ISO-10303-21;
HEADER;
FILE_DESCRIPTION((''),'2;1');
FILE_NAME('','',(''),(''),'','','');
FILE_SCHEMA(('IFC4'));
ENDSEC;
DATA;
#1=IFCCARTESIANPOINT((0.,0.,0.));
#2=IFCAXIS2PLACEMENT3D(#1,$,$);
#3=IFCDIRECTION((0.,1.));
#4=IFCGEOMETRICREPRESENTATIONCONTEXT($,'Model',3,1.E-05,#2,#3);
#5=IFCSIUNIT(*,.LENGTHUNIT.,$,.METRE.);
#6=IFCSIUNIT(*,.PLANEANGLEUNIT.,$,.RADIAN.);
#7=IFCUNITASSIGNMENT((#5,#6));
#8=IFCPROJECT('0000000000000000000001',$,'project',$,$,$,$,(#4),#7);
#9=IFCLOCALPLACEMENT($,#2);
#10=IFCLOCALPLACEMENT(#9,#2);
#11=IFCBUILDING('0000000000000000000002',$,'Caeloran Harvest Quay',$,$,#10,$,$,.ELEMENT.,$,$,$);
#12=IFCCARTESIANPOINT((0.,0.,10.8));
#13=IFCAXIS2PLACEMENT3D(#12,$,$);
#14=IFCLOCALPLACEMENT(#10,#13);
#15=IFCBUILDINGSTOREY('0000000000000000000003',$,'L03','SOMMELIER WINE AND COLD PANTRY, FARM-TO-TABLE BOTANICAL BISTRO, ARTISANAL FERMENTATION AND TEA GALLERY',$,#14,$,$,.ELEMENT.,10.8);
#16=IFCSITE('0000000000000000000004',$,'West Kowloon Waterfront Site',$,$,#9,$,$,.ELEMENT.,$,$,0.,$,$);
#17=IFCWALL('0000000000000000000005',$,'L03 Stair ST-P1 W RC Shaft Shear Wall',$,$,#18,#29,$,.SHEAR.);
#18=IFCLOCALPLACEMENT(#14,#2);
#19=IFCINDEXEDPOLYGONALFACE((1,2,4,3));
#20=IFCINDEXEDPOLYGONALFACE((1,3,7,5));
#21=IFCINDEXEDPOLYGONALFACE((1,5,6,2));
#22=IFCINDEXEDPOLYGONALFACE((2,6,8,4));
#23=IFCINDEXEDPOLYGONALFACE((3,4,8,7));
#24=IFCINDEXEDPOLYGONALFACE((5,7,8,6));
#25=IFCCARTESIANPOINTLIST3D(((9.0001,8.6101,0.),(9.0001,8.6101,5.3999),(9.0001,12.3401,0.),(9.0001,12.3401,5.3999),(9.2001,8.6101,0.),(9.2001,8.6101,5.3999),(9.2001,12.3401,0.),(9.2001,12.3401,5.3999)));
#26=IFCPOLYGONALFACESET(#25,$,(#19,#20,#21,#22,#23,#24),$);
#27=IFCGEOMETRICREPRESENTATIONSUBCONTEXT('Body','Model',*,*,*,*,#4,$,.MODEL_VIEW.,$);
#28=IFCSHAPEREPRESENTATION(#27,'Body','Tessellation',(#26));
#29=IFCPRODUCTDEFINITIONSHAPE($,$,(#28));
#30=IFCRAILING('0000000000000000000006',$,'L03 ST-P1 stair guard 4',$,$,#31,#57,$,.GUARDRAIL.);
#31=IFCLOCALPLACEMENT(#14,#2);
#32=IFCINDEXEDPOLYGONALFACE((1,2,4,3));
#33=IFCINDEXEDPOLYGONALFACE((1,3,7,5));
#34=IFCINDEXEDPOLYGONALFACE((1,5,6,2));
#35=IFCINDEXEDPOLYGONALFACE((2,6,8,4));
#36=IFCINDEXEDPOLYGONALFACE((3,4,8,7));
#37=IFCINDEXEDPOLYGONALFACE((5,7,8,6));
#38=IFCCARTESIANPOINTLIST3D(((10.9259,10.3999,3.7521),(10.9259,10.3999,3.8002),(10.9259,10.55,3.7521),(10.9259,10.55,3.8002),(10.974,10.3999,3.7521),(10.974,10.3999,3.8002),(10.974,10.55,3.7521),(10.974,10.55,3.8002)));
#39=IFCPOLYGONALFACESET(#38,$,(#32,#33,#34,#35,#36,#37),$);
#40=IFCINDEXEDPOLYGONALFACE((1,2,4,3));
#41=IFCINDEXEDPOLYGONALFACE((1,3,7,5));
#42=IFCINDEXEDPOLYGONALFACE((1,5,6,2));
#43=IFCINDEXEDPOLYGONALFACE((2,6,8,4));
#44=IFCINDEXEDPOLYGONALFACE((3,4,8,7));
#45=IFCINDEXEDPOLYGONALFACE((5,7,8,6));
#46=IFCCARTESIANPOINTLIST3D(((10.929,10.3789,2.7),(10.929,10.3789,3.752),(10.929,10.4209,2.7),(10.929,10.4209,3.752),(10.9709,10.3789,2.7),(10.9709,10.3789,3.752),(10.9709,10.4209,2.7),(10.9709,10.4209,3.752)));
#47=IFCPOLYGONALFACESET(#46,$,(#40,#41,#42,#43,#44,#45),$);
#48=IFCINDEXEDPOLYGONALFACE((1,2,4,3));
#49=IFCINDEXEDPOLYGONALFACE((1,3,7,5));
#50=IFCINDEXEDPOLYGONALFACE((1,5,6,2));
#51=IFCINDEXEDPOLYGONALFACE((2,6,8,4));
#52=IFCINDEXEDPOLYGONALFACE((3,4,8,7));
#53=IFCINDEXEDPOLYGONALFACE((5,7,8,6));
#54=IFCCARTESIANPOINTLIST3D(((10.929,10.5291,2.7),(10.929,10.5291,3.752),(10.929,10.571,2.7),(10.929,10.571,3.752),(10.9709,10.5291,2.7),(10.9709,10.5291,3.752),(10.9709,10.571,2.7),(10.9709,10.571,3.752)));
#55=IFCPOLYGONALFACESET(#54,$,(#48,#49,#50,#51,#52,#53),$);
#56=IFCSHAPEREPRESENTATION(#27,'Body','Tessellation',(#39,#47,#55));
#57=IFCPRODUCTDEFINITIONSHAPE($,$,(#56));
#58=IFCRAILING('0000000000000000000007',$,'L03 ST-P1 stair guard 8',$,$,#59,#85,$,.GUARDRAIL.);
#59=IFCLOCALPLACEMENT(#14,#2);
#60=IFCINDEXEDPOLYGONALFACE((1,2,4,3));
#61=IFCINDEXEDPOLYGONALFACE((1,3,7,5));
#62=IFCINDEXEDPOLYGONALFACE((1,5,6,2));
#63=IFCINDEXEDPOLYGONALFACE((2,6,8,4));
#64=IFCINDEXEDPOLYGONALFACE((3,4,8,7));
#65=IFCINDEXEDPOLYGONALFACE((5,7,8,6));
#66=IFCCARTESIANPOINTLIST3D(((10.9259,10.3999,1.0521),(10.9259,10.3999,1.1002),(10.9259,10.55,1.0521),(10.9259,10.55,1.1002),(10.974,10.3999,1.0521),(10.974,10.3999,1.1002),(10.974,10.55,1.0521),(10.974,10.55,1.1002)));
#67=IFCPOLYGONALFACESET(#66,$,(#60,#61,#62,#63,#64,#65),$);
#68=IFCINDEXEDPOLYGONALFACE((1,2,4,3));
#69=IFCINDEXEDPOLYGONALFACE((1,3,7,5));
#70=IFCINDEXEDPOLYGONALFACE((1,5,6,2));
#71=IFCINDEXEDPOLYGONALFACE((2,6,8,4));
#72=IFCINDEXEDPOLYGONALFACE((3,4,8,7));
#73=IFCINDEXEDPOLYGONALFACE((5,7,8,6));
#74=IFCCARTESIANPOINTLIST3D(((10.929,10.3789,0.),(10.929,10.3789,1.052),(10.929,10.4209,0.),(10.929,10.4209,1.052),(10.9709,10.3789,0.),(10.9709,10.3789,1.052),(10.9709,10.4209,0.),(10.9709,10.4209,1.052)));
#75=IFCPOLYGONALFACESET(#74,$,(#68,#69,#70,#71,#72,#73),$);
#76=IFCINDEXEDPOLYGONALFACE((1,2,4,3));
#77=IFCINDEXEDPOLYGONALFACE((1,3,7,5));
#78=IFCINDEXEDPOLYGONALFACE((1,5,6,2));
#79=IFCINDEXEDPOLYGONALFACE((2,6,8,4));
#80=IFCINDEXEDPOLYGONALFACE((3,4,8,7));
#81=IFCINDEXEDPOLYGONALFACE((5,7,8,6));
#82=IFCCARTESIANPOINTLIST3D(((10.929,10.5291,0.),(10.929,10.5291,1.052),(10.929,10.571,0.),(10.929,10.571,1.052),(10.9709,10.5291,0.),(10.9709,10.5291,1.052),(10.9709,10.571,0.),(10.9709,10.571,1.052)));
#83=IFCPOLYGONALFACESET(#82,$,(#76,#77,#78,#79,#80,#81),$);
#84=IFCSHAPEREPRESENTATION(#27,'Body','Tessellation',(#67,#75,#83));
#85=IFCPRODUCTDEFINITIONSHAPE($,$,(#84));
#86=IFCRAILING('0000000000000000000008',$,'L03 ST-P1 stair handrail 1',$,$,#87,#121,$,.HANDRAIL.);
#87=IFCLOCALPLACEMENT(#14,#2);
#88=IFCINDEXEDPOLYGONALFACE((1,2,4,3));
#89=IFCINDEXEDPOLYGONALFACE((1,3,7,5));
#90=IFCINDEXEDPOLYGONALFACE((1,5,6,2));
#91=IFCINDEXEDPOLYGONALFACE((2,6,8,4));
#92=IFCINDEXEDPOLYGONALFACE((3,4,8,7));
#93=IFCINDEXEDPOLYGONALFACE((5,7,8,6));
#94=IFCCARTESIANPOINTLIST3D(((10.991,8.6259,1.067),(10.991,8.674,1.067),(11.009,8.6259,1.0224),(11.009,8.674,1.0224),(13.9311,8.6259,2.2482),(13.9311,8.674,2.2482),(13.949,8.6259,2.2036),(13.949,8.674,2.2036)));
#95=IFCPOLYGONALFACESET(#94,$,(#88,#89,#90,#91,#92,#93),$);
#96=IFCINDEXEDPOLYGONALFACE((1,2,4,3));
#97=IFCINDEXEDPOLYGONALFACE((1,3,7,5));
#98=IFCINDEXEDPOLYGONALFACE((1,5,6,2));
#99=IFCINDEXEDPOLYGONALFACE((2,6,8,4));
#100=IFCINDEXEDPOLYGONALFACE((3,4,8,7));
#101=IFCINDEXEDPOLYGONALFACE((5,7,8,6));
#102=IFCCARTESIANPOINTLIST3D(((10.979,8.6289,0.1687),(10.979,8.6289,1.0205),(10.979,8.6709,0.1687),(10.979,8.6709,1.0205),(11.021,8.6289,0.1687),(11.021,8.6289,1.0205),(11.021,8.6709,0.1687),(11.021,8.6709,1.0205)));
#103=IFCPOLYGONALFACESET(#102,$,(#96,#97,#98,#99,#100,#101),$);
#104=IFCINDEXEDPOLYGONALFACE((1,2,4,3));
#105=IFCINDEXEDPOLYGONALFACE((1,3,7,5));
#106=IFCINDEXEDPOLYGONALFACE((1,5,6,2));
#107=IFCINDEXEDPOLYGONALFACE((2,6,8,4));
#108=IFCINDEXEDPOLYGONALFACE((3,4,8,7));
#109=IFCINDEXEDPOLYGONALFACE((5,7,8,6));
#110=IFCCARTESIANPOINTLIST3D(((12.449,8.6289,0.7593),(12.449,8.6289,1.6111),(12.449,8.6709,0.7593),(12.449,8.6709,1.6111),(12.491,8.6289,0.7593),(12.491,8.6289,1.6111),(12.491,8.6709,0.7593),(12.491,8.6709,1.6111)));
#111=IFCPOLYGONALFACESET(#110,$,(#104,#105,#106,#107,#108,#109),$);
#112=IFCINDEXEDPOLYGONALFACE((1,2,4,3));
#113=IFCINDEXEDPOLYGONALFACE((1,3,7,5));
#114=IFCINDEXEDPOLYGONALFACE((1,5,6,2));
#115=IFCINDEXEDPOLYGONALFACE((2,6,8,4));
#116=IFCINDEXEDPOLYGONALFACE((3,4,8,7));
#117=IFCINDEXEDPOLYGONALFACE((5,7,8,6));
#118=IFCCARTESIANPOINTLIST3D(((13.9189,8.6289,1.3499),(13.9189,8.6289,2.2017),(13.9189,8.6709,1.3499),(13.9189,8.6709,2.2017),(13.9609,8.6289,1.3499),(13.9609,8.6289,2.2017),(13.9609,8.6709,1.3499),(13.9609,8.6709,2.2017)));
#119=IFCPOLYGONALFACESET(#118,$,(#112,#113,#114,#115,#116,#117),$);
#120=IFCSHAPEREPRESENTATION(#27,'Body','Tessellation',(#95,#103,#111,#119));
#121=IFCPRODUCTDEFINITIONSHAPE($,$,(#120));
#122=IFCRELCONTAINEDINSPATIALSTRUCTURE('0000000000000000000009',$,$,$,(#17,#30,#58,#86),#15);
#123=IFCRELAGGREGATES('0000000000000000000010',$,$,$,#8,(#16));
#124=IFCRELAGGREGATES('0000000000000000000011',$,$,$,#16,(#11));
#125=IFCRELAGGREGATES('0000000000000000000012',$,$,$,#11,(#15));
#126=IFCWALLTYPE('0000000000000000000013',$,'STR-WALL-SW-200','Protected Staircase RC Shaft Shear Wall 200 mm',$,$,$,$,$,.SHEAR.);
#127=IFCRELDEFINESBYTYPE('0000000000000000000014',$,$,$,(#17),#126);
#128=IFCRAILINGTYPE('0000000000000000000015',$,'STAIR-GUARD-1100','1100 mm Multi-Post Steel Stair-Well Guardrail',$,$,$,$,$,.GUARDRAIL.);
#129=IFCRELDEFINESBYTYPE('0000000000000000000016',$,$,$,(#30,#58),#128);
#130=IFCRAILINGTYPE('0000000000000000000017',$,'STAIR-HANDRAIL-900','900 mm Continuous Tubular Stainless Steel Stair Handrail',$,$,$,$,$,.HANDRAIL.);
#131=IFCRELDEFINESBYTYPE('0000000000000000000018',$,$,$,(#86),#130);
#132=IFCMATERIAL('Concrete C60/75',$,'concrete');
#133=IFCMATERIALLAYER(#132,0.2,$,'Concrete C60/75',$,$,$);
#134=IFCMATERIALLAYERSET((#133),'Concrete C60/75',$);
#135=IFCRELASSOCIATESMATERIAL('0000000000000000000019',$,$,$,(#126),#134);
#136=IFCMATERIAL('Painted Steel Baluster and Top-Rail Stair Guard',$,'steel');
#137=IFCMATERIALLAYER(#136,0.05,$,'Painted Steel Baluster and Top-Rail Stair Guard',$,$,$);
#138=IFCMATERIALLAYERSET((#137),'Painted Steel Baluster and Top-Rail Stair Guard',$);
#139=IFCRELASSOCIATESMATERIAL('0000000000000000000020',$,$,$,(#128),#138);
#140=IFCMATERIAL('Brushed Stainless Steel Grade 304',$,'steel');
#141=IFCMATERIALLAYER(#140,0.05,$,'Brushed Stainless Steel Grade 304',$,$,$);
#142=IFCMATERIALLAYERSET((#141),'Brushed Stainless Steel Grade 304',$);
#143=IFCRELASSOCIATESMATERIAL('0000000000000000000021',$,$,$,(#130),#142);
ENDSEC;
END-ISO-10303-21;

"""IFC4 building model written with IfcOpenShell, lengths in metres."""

from ifc_helpers import new_model, si_unit, direction, frame, frame_2d, origin, origin_2d, place, context, subcontext, project, spatial, rectangle, extrude, material, layer, layer_set, type_object, element, save


model = new_model("IFC4")

# Units and contexts
model_context = context("Model", 3, precision=1e-05, world=origin(), true_north=direction((0.0, 1.0)))
body_context = subcontext(model_context, "Body", "Model", "MODEL_VIEW")
ifc_project = project(units=[si_unit("LENGTHUNIT", "METRE"), si_unit("PLANEANGLEUNIT", "RADIAN")], contexts=[model_context])

# Site, building, storey
site_placement = place(None, origin())
site = spatial("IfcSite", under=ifc_project, at=site_placement, Name="West Kowloon Waterfront Site", CompositionType="ELEMENT", RefElevation=0.0)
building_placement = place(site_placement, origin())
building = spatial("IfcBuilding", under=site, at=building_placement, Name="Caeloran Harvest Quay", CompositionType="ELEMENT")
storey_placement = place(building_placement, frame((0.0, 0.0, 10.8)))
storey = spatial("IfcBuildingStorey", under=building, at=storey_placement, Name="L03", Description="SOMMELIER WINE AND COLD PANTRY, FARM-TO-TABLE BOTANICAL BISTRO, ARTISANAL FERMENTATION AND TEA GALLERY", CompositionType="ELEMENT", Elevation=10.8)

# Shared definitions
ifc_material_1 = material(Name="Concrete C60/75", Category="concrete")
ifc_layer_1 = layer(ifc_material_1, 0.2, Name="Concrete C60/75")
ifc_layer_set_1 = layer_set([ifc_layer_1], Name="Concrete C60/75")
wall_type_1 = type_object("IfcWallType", Name="STR-WALL-SW-200", Description="Protected Staircase RC Shaft Shear Wall 200 mm", PredefinedType="SHEAR", material=ifc_layer_set_1)

# Wall
wall_1_placement = place(storey_placement, frame((9.1001, 8.6101, 0.0), z_axis=(0.0, 0.0, 1.0), x_axis=(0.0, 1.0, 0.0)))
element("IfcWall", 1, at=wall_1_placement, inside=storey, type_object=wall_type_1, Name="L03 Stair ST-P1 W RC Shaft Shear Wall", PredefinedType="SHEAR", context=body_context, shape_type="SweptSolid", body=[
    extrude(rectangle(XDim=3.73, YDim=0.2, at=frame_2d((1.865, 0.0))), origin(), (0.0, 0.0, 1.0), 5.3999),
])

# Railings
ifc_material_2 = material(Name="Painted Steel Baluster and Top-Rail Stair Guard", Category="steel")
ifc_layer_2 = layer(ifc_material_2, 0.05, Name="Painted Steel Baluster and Top-Rail Stair Guard")
ifc_layer_set_2 = layer_set([ifc_layer_2], Name="Painted Steel Baluster and Top-Rail Stair Guard")
railing_type_1 = type_object("IfcRailingType", Name="STAIR-GUARD-1100", Description="1100 mm Multi-Post Steel Stair-Well Guardrail", PredefinedType="GUARDRAIL", material=ifc_layer_set_2)
for number, where, name in (
    (2, (10.95, 10.3999, 2.7), "L03 ST-P1 stair guard 4"),
    (3, (10.95, 10.3999, 0.0), "L03 ST-P1 stair guard 8"),
):
    element("IfcRailing", number, at=place(storey_placement, frame(where)), inside=storey, type_object=railing_type_1, Name=name, PredefinedType="GUARDRAIL", context=body_context, shape_type="SweptSolid", body=[
        extrude(rectangle(XDim=0.0481, YDim=0.0481, at=origin_2d()), frame((0.0, 0.0, 1.0762), z_axis=(0.0, 1.0, 0.0), x_axis=(-1.0, 0.0, 0.0)), (0.0, 0.0, 1.0), 0.1501),
        extrude(rectangle(XDim=0.042, YDim=0.042, at=origin_2d()), origin(), (0.0, 0.0, 1.0), 1.052),
        extrude(rectangle(XDim=0.042, YDim=0.042, at=origin_2d()), frame((0.0, 0.1501, 0.0)), (0.0, 0.0, 1.0), 1.052),
    ])
ifc_material_3 = material(Name="Brushed Stainless Steel Grade 304", Category="steel")
ifc_layer_3 = layer(ifc_material_3, 0.05, Name="Brushed Stainless Steel Grade 304")
ifc_layer_set_3 = layer_set([ifc_layer_3], Name="Brushed Stainless Steel Grade 304")
railing_type_2 = type_object("IfcRailingType", Name="STAIR-HANDRAIL-900", Description="900 mm Continuous Tubular Stainless Steel Stair Handrail", PredefinedType="HANDRAIL", material=ifc_layer_set_3)
railing_placement = place(storey_placement, frame((11.0, 8.6499, 0.1687)))
element("IfcRailing", 4, at=railing_placement, inside=storey, type_object=railing_type_2, Name="L03 ST-P1 stair handrail 1", PredefinedType="HANDRAIL", context=body_context, shape_type="SweptSolid", body=[
    extrude(rectangle(XDim=0.0481, YDim=0.0481, at=origin_2d()), frame((0.0, 0.0, 0.876), z_axis=(0.927912, 0.0, 0.372799), x_axis=(0.0, 1.0, 0.0)), (0.0, 0.0, 1.0), 3.1685),
    extrude(rectangle(XDim=0.042, YDim=0.042, at=origin_2d()), origin(), (0.0, 0.0, 1.0), 0.8518),
    extrude(rectangle(XDim=0.042, YDim=0.042, at=origin_2d()), frame((1.47, 0.0, 0.5906)), (0.0, 0.0, 1.0), 0.8518),
    extrude(rectangle(XDim=0.042, YDim=0.042, at=origin_2d()), frame((2.9399, 0.0, 1.1812)), (0.0, 0.0, 1.0), 0.8518),
])

save(model, "model.ifc")
